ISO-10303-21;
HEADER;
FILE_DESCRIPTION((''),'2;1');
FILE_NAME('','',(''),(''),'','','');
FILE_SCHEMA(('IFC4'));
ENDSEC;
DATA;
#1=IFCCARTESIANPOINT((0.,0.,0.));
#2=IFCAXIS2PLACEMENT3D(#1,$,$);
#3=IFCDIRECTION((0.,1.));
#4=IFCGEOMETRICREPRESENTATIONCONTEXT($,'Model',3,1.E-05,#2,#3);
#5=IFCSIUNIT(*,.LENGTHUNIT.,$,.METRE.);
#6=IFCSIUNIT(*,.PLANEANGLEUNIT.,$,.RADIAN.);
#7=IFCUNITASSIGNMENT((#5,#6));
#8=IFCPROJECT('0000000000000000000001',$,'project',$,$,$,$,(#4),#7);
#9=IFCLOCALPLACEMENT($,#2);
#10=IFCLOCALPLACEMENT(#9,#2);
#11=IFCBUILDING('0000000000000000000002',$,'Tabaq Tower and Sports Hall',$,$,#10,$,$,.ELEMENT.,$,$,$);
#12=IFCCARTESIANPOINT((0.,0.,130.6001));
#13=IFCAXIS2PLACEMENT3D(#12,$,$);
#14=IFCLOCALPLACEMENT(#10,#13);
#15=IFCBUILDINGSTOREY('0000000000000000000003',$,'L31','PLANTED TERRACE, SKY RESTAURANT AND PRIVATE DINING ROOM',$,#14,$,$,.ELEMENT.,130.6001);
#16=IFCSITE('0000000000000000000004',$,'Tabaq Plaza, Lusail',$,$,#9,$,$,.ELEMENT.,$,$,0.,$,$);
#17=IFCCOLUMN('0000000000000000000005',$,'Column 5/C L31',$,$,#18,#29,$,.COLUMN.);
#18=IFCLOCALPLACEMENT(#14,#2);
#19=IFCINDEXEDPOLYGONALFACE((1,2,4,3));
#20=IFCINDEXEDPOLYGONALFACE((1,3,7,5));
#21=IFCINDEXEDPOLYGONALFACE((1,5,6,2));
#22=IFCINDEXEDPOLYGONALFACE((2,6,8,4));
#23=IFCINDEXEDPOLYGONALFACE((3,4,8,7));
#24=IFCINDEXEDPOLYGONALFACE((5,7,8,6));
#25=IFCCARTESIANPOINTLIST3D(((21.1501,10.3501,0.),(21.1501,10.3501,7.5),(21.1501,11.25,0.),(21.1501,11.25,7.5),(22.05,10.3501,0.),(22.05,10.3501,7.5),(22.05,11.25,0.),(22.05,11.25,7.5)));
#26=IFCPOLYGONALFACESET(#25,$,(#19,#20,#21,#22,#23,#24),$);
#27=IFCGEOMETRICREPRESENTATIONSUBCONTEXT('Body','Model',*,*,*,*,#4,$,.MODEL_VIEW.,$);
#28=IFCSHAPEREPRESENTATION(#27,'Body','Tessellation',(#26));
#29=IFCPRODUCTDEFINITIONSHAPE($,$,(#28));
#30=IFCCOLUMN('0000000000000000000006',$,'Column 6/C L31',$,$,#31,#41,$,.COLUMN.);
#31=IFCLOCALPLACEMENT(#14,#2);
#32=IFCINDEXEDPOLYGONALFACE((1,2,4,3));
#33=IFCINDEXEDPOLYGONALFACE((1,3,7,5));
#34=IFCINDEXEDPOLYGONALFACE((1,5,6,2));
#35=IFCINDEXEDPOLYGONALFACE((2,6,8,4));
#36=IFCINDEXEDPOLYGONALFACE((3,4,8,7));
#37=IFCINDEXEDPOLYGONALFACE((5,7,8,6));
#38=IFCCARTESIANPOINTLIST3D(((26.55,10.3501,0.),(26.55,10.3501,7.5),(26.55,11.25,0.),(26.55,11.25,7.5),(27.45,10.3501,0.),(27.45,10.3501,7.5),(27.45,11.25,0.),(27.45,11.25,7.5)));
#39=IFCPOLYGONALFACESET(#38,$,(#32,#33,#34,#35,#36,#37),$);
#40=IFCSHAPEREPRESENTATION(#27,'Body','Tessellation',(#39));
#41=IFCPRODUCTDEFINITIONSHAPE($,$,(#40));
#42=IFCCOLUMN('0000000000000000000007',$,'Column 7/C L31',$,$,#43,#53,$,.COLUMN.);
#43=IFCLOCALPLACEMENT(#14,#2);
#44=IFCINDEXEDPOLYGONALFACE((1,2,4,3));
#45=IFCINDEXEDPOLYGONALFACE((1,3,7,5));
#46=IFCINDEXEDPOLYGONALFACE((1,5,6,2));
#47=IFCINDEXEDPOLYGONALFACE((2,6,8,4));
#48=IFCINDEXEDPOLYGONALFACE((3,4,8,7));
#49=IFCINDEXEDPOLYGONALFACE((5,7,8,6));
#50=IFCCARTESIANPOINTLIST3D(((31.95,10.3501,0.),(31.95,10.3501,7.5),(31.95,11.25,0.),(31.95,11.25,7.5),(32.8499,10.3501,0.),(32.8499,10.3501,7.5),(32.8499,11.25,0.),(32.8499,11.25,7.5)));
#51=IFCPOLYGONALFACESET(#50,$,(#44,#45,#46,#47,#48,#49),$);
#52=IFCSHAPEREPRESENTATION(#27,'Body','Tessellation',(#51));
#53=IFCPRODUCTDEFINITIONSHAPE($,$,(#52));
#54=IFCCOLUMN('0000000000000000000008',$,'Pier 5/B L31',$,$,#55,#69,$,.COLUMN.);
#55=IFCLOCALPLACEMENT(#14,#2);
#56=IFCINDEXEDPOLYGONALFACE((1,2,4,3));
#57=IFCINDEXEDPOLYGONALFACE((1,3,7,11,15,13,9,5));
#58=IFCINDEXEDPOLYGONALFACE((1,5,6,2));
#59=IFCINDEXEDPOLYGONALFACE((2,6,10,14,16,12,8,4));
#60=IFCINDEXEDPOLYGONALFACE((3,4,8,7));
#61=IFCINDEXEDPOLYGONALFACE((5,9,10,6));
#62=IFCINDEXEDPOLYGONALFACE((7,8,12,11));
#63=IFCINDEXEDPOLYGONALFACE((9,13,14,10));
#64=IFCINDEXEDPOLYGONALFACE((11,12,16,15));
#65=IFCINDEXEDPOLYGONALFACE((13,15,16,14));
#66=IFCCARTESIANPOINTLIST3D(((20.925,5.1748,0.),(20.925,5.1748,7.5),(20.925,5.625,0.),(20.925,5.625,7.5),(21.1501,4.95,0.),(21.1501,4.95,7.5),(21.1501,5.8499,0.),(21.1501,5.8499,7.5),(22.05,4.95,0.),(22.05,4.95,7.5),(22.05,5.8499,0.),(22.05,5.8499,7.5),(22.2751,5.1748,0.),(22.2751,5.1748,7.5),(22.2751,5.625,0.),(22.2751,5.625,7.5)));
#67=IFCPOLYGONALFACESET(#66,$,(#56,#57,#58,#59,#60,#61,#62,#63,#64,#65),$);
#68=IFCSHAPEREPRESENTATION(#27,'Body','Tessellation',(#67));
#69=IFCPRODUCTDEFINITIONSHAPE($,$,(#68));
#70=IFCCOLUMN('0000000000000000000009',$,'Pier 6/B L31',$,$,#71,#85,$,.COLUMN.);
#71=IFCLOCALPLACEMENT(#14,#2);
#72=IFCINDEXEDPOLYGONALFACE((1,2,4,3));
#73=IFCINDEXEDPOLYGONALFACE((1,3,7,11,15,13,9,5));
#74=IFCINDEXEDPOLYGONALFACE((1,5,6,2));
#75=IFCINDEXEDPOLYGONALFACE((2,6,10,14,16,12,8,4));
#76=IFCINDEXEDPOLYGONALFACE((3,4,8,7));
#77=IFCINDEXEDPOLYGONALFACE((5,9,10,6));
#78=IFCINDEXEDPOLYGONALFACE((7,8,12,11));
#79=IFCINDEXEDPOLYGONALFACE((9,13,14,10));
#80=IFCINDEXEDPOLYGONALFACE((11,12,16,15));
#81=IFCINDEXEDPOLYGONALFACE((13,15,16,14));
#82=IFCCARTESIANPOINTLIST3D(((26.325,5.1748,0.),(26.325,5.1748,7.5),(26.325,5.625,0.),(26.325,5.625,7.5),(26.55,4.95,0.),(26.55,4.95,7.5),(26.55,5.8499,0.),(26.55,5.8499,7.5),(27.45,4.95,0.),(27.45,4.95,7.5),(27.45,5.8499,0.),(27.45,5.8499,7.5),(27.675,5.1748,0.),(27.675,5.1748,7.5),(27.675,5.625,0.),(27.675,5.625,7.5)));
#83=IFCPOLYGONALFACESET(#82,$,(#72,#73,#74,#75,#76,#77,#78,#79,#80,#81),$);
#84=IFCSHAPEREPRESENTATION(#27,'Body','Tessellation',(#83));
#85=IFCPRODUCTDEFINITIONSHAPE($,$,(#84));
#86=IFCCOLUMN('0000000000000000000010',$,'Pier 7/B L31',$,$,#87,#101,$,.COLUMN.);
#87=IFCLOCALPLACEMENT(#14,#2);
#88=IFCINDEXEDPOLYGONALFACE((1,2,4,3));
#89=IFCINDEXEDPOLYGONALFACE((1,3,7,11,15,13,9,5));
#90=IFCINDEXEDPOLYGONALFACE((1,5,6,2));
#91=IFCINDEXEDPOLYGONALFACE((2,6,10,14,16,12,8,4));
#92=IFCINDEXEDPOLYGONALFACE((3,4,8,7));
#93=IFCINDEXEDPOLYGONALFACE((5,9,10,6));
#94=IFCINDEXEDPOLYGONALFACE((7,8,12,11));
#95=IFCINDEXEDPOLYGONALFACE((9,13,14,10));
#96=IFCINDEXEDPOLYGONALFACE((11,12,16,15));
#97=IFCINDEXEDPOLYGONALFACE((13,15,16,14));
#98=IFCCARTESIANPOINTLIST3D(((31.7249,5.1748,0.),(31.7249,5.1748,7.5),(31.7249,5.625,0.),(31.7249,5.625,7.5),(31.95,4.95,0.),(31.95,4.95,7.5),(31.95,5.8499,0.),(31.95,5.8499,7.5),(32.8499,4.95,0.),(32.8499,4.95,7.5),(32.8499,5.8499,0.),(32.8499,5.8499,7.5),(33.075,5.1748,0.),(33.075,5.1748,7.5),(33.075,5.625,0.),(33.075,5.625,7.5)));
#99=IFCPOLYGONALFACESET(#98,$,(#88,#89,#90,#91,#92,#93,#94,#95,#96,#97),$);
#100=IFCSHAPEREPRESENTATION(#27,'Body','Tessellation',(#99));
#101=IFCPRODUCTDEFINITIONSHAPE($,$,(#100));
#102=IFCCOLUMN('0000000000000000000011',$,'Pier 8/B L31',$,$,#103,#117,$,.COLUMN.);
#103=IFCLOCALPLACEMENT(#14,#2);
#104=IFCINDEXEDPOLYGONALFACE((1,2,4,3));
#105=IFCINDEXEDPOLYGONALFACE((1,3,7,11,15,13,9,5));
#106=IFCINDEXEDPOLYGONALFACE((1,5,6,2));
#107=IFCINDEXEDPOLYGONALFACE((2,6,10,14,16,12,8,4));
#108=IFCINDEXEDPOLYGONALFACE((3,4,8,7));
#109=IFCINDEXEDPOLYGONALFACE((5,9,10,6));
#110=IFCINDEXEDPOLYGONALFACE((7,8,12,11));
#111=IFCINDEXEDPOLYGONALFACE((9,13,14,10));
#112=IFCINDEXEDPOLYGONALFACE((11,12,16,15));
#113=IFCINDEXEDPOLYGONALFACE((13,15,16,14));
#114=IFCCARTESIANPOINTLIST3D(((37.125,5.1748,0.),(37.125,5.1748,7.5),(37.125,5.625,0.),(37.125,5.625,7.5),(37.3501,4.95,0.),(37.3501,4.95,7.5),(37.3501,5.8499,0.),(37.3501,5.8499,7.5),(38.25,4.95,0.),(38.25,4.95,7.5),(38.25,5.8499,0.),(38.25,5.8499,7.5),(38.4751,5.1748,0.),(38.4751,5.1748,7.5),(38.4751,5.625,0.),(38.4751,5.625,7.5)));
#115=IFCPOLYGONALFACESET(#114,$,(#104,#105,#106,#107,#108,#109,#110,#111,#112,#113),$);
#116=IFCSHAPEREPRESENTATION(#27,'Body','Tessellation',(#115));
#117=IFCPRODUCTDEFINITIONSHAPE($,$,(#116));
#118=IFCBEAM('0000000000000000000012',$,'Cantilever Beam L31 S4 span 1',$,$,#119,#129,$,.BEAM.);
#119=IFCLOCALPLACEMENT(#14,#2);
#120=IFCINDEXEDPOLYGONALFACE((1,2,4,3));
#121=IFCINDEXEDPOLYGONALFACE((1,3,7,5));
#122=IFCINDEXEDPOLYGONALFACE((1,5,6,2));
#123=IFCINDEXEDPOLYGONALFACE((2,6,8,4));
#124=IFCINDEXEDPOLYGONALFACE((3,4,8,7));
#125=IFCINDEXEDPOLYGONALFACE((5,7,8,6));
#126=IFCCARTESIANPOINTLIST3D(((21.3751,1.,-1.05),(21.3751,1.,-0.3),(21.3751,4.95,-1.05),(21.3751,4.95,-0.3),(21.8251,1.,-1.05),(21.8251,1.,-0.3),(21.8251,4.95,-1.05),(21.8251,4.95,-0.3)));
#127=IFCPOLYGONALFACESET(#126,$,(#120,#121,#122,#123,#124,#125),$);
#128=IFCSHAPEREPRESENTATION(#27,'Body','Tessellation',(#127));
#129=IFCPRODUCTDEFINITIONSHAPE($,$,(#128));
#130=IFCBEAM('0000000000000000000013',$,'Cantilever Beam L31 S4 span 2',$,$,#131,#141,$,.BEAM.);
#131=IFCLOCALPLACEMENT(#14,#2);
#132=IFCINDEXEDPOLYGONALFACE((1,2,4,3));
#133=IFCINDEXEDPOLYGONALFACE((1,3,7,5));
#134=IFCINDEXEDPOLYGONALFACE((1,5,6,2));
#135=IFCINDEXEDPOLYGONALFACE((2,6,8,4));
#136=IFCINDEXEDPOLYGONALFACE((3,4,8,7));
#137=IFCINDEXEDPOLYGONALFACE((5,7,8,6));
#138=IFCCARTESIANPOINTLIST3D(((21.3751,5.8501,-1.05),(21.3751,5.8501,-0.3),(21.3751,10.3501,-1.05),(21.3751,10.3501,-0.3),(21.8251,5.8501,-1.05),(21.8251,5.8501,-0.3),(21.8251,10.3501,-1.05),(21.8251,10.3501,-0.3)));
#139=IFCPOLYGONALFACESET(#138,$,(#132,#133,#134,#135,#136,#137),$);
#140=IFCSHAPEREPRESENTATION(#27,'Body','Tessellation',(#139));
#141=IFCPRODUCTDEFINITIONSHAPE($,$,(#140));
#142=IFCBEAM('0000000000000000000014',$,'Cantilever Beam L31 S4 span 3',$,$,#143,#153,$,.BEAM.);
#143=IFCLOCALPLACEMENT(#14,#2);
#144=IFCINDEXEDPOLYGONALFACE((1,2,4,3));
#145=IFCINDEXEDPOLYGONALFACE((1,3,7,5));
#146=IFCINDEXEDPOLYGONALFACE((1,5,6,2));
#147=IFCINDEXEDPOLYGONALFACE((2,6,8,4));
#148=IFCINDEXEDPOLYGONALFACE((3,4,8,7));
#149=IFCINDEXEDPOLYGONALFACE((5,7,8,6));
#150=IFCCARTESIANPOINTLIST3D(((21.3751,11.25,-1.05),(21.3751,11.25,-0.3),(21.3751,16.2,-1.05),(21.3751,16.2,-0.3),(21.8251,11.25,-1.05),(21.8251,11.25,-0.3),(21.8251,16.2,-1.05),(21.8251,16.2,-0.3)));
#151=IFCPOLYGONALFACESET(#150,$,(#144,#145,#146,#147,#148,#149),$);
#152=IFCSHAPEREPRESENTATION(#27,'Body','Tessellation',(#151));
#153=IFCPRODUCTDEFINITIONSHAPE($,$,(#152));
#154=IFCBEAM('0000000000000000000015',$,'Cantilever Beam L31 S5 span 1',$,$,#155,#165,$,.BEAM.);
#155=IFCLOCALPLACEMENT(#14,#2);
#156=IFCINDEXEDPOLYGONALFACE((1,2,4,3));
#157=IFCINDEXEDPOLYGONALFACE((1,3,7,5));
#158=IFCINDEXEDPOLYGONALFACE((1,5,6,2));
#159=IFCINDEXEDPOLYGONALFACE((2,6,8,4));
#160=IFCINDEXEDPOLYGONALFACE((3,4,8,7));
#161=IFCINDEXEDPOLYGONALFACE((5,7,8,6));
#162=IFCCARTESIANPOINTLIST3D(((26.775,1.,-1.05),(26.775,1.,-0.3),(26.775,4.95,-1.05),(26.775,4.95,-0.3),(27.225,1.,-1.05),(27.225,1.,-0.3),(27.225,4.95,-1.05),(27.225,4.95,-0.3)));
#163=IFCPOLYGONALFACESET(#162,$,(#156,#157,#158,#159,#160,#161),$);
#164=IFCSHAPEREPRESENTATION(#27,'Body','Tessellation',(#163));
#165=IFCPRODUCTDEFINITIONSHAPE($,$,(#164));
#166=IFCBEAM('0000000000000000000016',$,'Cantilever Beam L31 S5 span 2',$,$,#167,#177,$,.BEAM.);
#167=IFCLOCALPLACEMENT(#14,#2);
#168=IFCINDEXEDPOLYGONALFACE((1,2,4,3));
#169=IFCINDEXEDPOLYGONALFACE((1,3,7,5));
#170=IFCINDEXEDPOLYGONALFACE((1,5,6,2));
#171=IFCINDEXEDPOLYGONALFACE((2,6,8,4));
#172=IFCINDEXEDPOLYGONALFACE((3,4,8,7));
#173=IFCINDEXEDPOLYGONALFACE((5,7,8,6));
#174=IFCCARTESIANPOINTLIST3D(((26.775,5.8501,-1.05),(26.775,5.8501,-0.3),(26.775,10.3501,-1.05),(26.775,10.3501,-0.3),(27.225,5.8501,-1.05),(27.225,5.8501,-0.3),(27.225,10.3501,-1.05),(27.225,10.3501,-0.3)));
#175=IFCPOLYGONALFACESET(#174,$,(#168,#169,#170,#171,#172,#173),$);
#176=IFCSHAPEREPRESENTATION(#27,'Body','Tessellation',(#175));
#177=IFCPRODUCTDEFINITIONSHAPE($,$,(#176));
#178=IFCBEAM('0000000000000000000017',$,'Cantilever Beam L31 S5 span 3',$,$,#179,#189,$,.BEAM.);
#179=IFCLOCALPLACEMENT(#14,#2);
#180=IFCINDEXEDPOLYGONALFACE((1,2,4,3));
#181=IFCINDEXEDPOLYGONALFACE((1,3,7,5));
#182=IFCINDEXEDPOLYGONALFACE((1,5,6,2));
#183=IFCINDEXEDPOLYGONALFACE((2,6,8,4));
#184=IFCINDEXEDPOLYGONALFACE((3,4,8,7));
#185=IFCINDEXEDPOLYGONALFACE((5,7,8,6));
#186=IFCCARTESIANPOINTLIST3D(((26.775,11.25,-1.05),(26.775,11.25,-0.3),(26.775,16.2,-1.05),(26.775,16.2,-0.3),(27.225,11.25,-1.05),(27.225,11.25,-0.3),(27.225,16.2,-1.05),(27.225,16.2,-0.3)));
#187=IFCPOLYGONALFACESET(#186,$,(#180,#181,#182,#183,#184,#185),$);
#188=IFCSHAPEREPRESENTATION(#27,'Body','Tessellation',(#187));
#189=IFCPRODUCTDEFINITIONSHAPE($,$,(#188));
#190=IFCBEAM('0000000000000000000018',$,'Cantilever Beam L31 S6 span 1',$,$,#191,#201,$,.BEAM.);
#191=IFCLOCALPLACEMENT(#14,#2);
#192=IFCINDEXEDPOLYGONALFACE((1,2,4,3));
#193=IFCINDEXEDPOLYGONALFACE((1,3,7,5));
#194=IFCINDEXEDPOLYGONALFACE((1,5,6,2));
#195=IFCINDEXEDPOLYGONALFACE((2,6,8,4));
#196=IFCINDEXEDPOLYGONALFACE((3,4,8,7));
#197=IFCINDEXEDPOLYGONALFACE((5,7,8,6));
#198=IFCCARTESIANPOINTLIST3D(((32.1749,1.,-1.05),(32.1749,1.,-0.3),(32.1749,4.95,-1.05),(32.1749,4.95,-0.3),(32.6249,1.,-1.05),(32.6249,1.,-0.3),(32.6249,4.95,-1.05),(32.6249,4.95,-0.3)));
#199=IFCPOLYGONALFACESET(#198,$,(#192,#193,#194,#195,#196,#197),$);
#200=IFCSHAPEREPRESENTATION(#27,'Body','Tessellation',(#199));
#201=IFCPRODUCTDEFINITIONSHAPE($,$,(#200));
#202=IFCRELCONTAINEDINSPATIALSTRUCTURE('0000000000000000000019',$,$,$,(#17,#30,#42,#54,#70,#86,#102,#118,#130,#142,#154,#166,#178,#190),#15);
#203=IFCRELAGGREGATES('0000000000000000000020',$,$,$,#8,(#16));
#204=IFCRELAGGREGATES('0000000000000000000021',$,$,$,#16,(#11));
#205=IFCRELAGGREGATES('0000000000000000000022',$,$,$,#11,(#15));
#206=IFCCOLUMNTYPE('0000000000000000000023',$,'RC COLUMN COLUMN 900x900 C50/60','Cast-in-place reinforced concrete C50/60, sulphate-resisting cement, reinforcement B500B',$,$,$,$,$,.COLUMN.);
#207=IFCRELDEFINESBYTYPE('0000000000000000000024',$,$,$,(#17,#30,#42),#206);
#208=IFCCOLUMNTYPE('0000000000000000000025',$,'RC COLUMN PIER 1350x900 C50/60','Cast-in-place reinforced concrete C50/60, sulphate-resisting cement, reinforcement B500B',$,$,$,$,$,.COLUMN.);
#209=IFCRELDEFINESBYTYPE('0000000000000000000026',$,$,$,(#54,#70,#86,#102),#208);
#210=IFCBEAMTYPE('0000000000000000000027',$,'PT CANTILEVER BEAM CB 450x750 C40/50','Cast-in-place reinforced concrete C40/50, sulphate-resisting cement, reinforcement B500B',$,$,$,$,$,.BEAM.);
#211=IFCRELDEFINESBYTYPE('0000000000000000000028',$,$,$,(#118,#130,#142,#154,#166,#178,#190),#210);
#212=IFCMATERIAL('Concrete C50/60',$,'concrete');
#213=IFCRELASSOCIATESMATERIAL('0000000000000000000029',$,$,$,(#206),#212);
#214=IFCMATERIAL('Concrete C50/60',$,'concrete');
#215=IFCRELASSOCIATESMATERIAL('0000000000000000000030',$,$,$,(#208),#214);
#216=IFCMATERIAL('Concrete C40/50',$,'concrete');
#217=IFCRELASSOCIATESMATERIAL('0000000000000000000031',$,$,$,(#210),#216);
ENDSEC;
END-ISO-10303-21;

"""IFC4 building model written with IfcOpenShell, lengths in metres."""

from ifc_helpers import new_model, si_unit, direction, frame, origin, origin_2d, place, context, subcontext, project, spatial, polyline, rectangle, outline, extrude, material, material_profile, profile_set, type_object, element, save


model = new_model("IFC4")

# Units and contexts
model_context = context("Model", 3, precision=1e-05, world=origin(), true_north=direction((0.0, 1.0)))
body_context = subcontext(model_context, "Body", "Model", "MODEL_VIEW")
ifc_project = project(units=[si_unit("LENGTHUNIT", "METRE"), si_unit("PLANEANGLEUNIT", "RADIAN")], contexts=[model_context])

# Site, building, storey
site_placement = place(None, origin())
site = spatial("IfcSite", under=ifc_project, at=site_placement, Name="Tabaq Plaza, Lusail", CompositionType="ELEMENT", RefElevation=0.0)
building_placement = place(site_placement, origin())
building = spatial("IfcBuilding", under=site, at=building_placement, Name="Tabaq Tower and Sports Hall", CompositionType="ELEMENT")
storey_placement = place(building_placement, frame((0.0, 0.0, 130.6001)))
storey = spatial("IfcBuildingStorey", under=building, at=storey_placement, Name="L31", Description="PLANTED TERRACE, SKY RESTAURANT AND PRIVATE DINING ROOM", CompositionType="ELEMENT", Elevation=130.6001)

# Columns
ifc_material_1 = material(Name="Concrete C50/60", Category="concrete")
ifc_material_profile_1 = material_profile(ifc_material_1, rectangle(XDim=0.8999, YDim=0.8999, at=origin_2d()), Name="COLUMN 900x900")
ifc_profile_set_1 = profile_set([ifc_material_profile_1], Name="Concrete C50/60")
column_type_1 = type_object("IfcColumnType", Name="RC COLUMN COLUMN 900x900 C50/60", Description="Cast-in-place reinforced concrete C50/60, sulphate-resisting cement, reinforcement B500B", PredefinedType="COLUMN", material=ifc_profile_set_1)
for number, where, z_axis, x_axis, name in (
    (1, (21.6001, 10.8, 0.0), (0.0, 0.0, 1.0), (1.0, 0.0, 0.0), "Column 5/C L31"),
    (2, (27.0, 10.8, 0.0), (0.0, 0.0, 1.0), (1.0, 0.0, 0.0), "Column 6/C L31"),
    (3, (32.3999, 10.8, 0.0), (0.0, 0.0, 1.0), (1.0, 0.0, 0.0), "Column 7/C L31"),
):
    element("IfcColumn", number, at=place(storey_placement, frame(where, z_axis=z_axis, x_axis=x_axis)), inside=storey, type_object=column_type_1, Name=name, PredefinedType="COLUMN", context=body_context, shape_type="SweptSolid", body=[
        extrude(rectangle(XDim=0.8999, YDim=0.8999, at=origin_2d()), origin(), (0.0, 0.0, 1.0), 7.5),
    ])
ifc_material_2 = material(Name="Concrete C50/60", Category="concrete")
ifc_material_profile_2 = material_profile(ifc_material_2, outline(polyline([(-0.45, -0.45), (0.45, -0.45), (0.675, -0.2251), (0.675, 0.2251), (0.45, 0.45), (-0.45, 0.45), (-0.675, 0.2251), (-0.675, -0.2251), (-0.45, -0.45)])), Name="PIER 1350x900")
ifc_profile_set_2 = profile_set([ifc_material_profile_2], Name="Concrete C50/60")
column_type_2 = type_object("IfcColumnType", Name="RC COLUMN PIER 1350x900 C50/60", Description="Cast-in-place reinforced concrete C50/60, sulphate-resisting cement, reinforcement B500B", PredefinedType="COLUMN", material=ifc_profile_set_2)
for number, where, z_axis, x_axis, name in (
    (4, (21.6001, 5.3999, 0.0), (0.0, 0.0, 1.0), (1.0, 0.0, 0.0), "Pier 5/B L31"),
    (5, (27.0, 5.3999, 0.0), (0.0, 0.0, 1.0), (1.0, 0.0, 0.0), "Pier 6/B L31"),
    (6, (32.3999, 5.3999, 0.0), (0.0, 0.0, 1.0), (1.0, 0.0, 0.0), "Pier 7/B L31"),
    (7, (37.8, 5.3999, 0.0), (0.0, 0.0, 1.0), (1.0, 0.0, 0.0), "Pier 8/B L31"),
):
    element("IfcColumn", number, at=place(storey_placement, frame(where, z_axis=z_axis, x_axis=x_axis)), inside=storey, type_object=column_type_2, Name=name, PredefinedType="COLUMN", context=body_context, shape_type="SweptSolid", body=[
        extrude(outline(polyline([(-0.45, -0.45), (0.45, -0.45), (0.675, -0.2251), (0.675, 0.2251), (0.45, 0.45), (-0.45, 0.45), (-0.675, 0.2251), (-0.675, -0.2251), (-0.45, -0.45)])), origin(), (0.0, 0.0, 1.0), 7.5),
    ])

# Beams
ifc_material_3 = material(Name="Concrete C40/50", Category="concrete")
ifc_material_profile_3 = material_profile(ifc_material_3, rectangle(XDim=0.45, YDim=0.75, at=origin_2d()), Name="CB 450x750")
ifc_profile_set_3 = profile_set([ifc_material_profile_3], Name="Concrete C40/50")
beam_type_1 = type_object("IfcBeamType", Name="PT CANTILEVER BEAM CB 450x750 C40/50", Description="Cast-in-place reinforced concrete C40/50, sulphate-resisting cement, reinforcement B500B", PredefinedType="BEAM", material=ifc_profile_set_3)
beam_1_placement = place(storey_placement, frame((21.6001, 1.0, -0.675), z_axis=(0.0, 1.0, 0.0), x_axis=(-1.0, 0.0, 0.0)))
element("IfcBeam", 8, at=beam_1_placement, inside=storey, type_object=beam_type_1, Name="Cantilever Beam L31 S4 span 1", PredefinedType="BEAM", context=body_context, shape_type="SweptSolid", body=[
    extrude(rectangle(XDim=0.45, YDim=0.75, at=origin_2d()), origin(), (0.0, 0.0, 1.0), 3.95),
])
beam_2_placement = place(storey_placement, frame((21.6001, 5.8501, -0.675), z_axis=(0.0, 1.0, 0.0), x_axis=(-1.0, 0.0, 0.0)))
element("IfcBeam", 9, at=beam_2_placement, inside=storey, type_object=beam_type_1, Name="Cantilever Beam L31 S4 span 2", PredefinedType="BEAM", context=body_context, shape_type="SweptSolid", body=[
    extrude(rectangle(XDim=0.45, YDim=0.75, at=origin_2d()), origin(), (0.0, 0.0, 1.0), 4.5),
])
beam_3_placement = place(storey_placement, frame((21.6001, 11.25, -0.675), z_axis=(0.0, 1.0, 0.0), x_axis=(-1.0, 0.0, 0.0)))
element("IfcBeam", 10, at=beam_3_placement, inside=storey, type_object=beam_type_1, Name="Cantilever Beam L31 S4 span 3", PredefinedType="BEAM", context=body_context, shape_type="SweptSolid", body=[
    extrude(rectangle(XDim=0.45, YDim=0.75, at=origin_2d()), origin(), (0.0, 0.0, 1.0), 4.95),
])
beam_4_placement = place(storey_placement, frame((27.0, 1.0, -0.675), z_axis=(0.0, 1.0, 0.0), x_axis=(-1.0, 0.0, 0.0)))
element("IfcBeam", 11, at=beam_4_placement, inside=storey, type_object=beam_type_1, Name="Cantilever Beam L31 S5 span 1", PredefinedType="BEAM", context=body_context, shape_type="SweptSolid", body=[
    extrude(rectangle(XDim=0.45, YDim=0.75, at=origin_2d()), origin(), (0.0, 0.0, 1.0), 3.95),
])
beam_5_placement = place(storey_placement, frame((27.0, 5.8501, -0.675), z_axis=(0.0, 1.0, 0.0), x_axis=(-1.0, 0.0, 0.0)))
element("IfcBeam", 12, at=beam_5_placement, inside=storey, type_object=beam_type_1, Name="Cantilever Beam L31 S5 span 2", PredefinedType="BEAM", context=body_context, shape_type="SweptSolid", body=[
    extrude(rectangle(XDim=0.45, YDim=0.75, at=origin_2d()), origin(), (0.0, 0.0, 1.0), 4.5),
])
beam_6_placement = place(storey_placement, frame((27.0, 11.25, -0.675), z_axis=(0.0, 1.0, 0.0), x_axis=(-1.0, 0.0, 0.0)))
element("IfcBeam", 13, at=beam_6_placement, inside=storey, type_object=beam_type_1, Name="Cantilever Beam L31 S5 span 3", PredefinedType="BEAM", context=body_context, shape_type="SweptSolid", body=[
    extrude(rectangle(XDim=0.45, YDim=0.75, at=origin_2d()), origin(), (0.0, 0.0, 1.0), 4.95),
])
beam_7_placement = place(storey_placement, frame((32.3999, 1.0, -0.675), z_axis=(0.0, 1.0, 0.0), x_axis=(-1.0, 0.0, 0.0)))
element("IfcBeam", 14, at=beam_7_placement, inside=storey, type_object=beam_type_1, Name="Cantilever Beam L31 S6 span 1", PredefinedType="BEAM", context=body_context, shape_type="SweptSolid", body=[
    extrude(rectangle(XDim=0.45, YDim=0.75, at=origin_2d()), origin(), (0.0, 0.0, 1.0), 3.95),
])

save(model, "model.ifc")
